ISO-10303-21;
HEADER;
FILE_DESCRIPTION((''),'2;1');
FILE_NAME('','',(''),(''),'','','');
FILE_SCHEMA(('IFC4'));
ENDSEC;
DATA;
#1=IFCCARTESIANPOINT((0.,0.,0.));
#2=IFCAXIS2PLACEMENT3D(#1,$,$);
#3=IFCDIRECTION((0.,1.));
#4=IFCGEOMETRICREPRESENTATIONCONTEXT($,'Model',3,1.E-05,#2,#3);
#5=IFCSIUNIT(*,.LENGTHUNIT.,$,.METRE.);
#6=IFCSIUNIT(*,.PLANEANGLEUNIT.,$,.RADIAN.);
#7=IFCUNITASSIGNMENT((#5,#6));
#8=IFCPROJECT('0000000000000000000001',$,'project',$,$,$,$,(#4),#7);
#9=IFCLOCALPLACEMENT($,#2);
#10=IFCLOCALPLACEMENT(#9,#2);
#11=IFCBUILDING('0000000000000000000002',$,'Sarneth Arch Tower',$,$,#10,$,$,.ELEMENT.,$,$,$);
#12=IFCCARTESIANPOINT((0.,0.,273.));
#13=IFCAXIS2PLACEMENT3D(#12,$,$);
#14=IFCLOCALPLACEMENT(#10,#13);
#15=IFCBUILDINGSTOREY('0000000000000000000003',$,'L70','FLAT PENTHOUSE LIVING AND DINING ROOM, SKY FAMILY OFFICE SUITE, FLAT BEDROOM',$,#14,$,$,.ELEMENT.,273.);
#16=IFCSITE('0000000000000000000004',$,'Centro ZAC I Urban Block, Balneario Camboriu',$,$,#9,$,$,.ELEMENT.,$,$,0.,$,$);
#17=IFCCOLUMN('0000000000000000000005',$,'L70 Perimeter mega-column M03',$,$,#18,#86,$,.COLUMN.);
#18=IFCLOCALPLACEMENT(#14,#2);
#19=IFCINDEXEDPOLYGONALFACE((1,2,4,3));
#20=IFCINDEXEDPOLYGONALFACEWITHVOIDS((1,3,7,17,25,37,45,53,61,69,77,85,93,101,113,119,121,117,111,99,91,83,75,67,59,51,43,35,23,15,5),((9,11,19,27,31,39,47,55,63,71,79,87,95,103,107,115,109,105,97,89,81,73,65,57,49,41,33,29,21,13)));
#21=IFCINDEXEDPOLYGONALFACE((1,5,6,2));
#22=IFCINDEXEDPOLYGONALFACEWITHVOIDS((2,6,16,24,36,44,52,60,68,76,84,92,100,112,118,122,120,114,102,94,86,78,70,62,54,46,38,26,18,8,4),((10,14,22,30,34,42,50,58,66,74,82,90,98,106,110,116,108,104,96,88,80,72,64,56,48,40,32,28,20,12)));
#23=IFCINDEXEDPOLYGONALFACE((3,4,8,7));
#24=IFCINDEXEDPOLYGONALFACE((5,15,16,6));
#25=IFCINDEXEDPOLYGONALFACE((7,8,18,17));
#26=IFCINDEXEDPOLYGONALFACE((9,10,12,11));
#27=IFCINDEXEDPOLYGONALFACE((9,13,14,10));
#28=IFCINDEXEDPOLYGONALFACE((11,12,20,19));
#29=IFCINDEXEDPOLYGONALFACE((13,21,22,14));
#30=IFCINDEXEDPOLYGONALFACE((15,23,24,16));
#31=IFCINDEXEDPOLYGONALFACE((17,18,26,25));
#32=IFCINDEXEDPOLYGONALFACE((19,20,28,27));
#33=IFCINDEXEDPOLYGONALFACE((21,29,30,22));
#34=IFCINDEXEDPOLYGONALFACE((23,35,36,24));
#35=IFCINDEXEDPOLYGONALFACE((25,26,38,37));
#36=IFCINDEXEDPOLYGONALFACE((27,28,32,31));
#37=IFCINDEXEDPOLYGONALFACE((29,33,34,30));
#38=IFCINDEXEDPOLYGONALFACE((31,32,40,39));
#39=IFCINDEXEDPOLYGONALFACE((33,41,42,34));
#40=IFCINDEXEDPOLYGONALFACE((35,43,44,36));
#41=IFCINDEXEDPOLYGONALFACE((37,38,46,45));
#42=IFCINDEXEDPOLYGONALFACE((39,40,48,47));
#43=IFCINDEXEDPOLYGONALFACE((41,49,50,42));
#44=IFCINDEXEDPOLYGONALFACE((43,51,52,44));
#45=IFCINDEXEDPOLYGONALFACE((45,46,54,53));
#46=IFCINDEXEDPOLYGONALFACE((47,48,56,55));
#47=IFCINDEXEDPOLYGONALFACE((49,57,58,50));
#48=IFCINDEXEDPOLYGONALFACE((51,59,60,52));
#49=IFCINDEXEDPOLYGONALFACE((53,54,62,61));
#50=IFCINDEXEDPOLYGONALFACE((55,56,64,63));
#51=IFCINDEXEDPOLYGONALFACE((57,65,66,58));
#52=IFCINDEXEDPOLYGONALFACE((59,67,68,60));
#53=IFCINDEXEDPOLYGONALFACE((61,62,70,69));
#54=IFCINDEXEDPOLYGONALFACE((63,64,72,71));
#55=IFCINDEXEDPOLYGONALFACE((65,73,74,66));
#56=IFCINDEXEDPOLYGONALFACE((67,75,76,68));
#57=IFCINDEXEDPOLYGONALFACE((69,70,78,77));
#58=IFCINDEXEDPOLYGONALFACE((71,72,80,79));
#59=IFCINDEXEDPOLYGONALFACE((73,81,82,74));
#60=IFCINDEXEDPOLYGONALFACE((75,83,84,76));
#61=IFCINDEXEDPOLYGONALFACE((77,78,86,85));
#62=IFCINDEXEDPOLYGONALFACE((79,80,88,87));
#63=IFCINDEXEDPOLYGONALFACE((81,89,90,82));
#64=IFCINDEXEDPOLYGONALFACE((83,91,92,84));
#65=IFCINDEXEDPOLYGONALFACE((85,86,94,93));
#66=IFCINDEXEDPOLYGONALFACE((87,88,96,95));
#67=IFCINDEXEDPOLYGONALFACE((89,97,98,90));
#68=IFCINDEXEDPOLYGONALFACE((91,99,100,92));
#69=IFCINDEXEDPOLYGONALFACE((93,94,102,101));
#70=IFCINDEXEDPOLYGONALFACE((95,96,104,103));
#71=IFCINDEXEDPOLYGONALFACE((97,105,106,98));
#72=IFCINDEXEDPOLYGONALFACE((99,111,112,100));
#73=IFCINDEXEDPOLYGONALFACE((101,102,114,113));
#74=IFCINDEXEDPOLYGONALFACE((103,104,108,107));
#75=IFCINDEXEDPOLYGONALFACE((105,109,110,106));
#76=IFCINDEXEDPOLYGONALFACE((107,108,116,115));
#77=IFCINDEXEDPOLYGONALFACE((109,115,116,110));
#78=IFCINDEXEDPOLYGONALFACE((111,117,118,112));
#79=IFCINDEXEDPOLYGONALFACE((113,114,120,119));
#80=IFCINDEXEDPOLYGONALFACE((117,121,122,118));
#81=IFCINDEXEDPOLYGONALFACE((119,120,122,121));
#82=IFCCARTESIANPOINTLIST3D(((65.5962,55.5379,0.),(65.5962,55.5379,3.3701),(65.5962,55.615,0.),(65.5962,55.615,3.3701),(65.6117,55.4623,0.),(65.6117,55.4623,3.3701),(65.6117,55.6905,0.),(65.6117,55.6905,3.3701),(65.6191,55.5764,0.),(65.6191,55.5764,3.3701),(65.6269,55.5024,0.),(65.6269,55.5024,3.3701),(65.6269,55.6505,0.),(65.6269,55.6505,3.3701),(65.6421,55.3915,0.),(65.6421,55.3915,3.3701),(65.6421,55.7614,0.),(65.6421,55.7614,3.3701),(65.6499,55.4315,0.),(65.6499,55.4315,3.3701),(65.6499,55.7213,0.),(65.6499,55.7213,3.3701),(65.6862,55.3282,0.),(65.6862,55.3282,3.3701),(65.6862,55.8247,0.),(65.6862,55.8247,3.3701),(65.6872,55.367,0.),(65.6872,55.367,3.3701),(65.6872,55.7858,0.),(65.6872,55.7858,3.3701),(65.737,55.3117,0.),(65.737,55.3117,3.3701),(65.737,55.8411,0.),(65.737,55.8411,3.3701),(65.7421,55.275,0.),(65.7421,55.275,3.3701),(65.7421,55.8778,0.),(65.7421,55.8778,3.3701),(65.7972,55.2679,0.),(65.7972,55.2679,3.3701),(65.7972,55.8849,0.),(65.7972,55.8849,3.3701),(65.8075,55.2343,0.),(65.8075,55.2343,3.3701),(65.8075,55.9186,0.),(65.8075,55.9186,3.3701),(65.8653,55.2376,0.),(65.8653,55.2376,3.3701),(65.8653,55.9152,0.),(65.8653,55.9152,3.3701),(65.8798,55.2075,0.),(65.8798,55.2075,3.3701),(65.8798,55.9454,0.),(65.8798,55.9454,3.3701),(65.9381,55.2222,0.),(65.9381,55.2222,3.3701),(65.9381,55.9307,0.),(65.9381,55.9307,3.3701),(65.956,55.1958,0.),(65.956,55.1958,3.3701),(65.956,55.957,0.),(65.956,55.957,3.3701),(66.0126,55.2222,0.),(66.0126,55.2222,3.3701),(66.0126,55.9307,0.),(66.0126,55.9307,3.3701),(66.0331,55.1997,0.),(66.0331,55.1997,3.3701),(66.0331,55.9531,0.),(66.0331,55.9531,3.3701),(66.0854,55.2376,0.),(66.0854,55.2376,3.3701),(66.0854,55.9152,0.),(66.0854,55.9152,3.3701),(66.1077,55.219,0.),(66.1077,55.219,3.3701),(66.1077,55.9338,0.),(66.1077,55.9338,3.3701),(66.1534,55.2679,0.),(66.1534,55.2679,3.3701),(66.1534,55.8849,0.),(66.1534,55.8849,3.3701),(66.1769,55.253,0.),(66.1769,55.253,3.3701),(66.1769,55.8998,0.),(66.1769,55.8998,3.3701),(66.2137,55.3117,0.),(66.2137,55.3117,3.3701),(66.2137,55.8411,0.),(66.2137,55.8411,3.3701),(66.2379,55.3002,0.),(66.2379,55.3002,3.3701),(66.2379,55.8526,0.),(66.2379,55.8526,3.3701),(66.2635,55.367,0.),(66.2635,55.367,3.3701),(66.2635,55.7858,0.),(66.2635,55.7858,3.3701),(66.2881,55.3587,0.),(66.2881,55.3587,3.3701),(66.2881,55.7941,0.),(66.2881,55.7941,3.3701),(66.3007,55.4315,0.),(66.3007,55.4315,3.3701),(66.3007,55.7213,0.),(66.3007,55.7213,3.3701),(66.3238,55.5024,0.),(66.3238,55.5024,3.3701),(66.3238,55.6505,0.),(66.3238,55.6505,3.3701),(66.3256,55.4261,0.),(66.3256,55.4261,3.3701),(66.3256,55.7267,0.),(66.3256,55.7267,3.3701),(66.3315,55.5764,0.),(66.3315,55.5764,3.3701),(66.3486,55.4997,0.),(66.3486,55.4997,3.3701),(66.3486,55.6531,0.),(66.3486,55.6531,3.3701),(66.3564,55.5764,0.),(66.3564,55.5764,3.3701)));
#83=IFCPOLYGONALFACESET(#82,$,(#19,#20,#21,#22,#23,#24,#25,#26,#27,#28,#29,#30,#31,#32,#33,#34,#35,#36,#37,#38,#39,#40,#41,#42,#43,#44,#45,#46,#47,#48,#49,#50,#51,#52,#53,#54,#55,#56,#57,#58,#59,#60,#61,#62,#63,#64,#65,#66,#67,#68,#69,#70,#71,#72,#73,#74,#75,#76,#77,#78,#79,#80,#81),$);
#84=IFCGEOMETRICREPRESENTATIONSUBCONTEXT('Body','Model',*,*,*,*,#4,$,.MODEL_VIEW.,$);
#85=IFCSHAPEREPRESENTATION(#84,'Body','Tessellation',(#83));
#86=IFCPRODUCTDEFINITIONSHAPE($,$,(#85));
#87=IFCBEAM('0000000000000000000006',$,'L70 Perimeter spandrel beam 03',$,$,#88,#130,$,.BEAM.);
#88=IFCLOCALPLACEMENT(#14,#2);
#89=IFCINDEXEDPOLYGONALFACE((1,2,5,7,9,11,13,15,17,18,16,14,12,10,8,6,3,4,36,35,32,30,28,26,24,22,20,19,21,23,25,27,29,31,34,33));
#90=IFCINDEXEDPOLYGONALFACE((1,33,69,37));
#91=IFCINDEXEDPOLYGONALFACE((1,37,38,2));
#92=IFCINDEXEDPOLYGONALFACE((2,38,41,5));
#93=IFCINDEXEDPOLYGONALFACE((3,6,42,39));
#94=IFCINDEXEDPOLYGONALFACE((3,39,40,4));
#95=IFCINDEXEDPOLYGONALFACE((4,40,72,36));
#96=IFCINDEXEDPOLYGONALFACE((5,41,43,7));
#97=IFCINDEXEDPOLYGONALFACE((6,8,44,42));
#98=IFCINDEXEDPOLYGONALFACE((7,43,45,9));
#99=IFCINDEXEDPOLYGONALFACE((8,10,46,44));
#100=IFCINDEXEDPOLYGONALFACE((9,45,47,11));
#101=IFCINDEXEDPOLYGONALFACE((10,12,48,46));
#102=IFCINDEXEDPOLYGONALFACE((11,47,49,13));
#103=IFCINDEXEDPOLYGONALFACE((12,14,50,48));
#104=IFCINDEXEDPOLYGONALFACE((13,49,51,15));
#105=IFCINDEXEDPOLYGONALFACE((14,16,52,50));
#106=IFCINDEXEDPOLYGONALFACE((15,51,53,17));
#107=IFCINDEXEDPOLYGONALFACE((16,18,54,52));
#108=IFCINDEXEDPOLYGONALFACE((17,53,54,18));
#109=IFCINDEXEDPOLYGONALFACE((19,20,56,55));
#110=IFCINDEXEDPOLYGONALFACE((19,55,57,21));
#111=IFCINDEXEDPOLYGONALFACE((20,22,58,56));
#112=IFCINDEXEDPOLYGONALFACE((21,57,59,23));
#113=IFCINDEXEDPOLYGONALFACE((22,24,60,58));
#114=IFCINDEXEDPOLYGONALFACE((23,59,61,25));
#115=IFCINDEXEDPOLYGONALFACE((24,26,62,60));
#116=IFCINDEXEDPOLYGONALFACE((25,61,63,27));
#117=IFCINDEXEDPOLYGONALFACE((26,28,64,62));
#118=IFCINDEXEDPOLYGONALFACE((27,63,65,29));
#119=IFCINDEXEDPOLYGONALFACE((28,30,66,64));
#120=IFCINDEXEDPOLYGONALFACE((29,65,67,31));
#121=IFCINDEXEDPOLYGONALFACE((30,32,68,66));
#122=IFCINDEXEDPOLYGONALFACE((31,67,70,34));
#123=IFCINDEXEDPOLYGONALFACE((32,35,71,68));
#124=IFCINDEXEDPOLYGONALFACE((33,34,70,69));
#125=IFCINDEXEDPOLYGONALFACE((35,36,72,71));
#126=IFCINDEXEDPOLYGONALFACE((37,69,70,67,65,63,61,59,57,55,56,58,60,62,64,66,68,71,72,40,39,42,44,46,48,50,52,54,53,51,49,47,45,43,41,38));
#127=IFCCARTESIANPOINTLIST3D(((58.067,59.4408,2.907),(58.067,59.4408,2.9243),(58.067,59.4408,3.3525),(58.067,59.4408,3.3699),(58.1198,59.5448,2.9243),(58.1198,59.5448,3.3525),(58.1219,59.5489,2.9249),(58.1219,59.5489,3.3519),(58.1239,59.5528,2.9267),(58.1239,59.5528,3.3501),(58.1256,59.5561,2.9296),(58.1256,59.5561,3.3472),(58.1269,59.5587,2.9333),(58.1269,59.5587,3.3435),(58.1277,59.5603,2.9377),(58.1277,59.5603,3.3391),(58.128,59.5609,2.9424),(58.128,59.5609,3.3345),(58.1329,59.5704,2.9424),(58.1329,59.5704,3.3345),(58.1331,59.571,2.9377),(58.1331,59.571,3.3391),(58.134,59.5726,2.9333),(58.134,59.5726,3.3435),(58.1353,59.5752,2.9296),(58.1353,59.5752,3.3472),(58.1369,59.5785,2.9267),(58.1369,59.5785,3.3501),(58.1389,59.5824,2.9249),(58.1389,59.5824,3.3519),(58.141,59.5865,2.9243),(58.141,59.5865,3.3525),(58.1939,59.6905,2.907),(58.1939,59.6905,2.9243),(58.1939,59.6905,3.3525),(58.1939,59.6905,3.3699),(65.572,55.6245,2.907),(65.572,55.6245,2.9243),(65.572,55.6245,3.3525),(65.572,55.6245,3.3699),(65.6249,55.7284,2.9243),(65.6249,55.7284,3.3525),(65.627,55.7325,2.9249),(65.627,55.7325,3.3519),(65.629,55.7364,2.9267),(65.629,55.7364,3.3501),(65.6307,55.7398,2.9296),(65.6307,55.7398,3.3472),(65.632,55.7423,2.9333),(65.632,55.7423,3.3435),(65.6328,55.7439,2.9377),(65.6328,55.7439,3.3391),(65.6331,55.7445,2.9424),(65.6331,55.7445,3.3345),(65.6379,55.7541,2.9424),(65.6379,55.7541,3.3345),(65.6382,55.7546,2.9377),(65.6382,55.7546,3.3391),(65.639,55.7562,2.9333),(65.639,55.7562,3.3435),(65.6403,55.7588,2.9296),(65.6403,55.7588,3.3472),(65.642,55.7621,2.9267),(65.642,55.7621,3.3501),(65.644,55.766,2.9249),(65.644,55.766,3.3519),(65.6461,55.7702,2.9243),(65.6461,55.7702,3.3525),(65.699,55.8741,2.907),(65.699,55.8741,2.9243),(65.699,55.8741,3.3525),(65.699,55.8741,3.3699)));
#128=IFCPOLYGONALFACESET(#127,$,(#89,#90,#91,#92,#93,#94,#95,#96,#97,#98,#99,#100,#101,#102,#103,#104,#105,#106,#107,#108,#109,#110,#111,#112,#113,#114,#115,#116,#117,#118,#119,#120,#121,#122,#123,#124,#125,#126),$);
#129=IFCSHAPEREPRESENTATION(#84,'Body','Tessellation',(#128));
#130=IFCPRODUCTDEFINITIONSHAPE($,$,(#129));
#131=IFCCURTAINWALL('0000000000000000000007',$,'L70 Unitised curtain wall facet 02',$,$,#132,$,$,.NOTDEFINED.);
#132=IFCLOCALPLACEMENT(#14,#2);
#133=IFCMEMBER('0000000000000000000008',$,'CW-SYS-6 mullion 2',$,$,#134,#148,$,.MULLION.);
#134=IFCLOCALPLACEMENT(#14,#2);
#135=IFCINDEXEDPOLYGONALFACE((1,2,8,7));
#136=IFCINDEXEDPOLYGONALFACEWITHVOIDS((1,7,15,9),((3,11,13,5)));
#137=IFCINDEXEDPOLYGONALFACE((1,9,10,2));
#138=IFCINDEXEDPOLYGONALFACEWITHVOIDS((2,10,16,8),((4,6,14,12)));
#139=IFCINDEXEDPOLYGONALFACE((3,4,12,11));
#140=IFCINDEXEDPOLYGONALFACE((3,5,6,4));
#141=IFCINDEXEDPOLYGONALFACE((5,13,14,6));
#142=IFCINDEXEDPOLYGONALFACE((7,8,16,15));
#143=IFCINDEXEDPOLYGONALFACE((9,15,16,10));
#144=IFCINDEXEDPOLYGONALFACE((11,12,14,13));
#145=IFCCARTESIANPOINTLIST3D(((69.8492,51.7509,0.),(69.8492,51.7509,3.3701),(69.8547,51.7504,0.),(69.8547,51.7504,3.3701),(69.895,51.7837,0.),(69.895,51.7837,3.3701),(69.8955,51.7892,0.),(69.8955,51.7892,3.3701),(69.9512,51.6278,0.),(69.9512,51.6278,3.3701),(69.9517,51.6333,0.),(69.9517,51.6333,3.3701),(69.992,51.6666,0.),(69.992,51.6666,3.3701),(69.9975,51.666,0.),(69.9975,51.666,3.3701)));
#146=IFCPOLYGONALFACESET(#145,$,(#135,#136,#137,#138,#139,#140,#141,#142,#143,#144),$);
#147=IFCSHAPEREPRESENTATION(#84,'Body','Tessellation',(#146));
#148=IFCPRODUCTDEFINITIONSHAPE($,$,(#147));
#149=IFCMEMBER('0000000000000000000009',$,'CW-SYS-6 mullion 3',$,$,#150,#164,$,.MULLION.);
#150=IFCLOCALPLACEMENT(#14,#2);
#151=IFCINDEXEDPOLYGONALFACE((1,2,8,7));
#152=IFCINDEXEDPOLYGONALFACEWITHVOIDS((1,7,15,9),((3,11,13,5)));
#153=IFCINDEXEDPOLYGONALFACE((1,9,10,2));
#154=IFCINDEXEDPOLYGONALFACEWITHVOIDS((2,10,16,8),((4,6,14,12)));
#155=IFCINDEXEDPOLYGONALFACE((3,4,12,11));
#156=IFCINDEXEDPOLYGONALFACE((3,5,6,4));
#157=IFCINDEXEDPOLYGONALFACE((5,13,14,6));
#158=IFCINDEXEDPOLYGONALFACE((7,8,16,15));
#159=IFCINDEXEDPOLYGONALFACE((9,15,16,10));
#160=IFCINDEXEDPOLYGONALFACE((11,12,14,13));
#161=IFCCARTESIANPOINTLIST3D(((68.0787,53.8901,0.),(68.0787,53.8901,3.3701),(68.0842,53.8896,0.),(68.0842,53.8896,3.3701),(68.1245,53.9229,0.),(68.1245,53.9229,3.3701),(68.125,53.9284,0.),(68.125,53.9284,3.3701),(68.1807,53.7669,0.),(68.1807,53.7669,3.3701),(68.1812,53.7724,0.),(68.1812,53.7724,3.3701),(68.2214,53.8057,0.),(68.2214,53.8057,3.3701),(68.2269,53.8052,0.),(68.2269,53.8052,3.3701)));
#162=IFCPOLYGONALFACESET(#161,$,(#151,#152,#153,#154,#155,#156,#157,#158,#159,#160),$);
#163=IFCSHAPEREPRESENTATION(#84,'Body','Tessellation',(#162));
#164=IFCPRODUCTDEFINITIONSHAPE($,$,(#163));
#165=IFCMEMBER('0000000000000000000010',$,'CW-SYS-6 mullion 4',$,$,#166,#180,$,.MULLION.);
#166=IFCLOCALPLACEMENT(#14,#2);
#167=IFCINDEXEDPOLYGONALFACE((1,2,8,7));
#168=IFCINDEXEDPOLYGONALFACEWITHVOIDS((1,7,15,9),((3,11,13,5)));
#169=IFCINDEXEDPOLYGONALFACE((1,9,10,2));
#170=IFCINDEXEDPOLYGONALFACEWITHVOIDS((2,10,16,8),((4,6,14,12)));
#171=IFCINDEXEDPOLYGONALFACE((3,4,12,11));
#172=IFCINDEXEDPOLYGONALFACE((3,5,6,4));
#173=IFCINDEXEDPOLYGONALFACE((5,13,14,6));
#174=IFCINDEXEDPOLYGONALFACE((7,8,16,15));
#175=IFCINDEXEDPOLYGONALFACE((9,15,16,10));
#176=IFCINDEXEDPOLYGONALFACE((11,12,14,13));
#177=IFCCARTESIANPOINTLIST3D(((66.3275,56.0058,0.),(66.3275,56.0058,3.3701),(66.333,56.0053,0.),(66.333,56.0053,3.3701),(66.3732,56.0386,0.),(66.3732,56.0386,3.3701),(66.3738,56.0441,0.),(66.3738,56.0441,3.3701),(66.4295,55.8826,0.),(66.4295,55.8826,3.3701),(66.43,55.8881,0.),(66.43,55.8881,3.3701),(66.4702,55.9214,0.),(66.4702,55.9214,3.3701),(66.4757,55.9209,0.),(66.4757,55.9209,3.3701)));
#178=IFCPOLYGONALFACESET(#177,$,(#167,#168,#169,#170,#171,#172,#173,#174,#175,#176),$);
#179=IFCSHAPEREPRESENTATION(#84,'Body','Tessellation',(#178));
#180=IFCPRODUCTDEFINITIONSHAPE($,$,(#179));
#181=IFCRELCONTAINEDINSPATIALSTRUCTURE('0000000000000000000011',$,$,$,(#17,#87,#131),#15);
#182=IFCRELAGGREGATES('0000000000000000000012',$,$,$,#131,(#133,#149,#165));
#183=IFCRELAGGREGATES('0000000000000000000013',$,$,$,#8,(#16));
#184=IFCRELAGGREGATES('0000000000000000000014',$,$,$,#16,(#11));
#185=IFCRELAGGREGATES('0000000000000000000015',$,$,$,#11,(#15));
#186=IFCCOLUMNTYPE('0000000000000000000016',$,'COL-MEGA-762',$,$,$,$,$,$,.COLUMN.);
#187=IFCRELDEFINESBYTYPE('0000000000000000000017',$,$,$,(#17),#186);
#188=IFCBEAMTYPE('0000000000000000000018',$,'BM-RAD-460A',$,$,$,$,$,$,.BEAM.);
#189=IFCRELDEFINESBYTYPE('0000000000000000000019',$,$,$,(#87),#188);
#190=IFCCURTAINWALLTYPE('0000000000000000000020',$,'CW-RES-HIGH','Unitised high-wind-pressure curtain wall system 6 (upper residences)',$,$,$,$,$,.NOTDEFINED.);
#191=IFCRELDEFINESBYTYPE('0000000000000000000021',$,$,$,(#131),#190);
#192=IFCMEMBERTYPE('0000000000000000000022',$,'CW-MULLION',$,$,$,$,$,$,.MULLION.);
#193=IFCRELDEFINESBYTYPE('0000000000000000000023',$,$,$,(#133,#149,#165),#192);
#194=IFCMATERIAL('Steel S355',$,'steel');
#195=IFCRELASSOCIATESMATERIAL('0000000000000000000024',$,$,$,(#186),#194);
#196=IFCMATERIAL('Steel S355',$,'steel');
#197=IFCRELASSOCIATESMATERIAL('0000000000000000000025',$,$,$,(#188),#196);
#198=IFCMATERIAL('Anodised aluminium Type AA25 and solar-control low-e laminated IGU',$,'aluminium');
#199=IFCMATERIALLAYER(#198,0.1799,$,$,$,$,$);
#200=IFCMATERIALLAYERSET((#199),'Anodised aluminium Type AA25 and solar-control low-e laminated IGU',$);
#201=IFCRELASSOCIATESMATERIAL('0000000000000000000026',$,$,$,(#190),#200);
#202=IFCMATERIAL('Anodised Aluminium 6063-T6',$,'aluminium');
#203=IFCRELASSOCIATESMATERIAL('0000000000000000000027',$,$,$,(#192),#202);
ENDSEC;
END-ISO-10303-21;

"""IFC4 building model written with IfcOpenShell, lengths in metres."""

from ifc_helpers import new_model, si_unit, direction, frame, origin, origin_2d, place, context, subcontext, project, spatial, hollow_rectangle, hollow_circle, i_section, extrude, material, layer, layer_set, material_profile, profile_set, type_object, element, aggregate, save


model = new_model("IFC4")

# Units and contexts
model_context = context("Model", 3, precision=1e-05, world=origin(), true_north=direction((0.0, 1.0)))
body_context = subcontext(model_context, "Body", "Model", "MODEL_VIEW")
ifc_project = project(units=[si_unit("LENGTHUNIT", "METRE"), si_unit("PLANEANGLEUNIT", "RADIAN")], contexts=[model_context])

# Site, building, storey
site_placement = place(None, origin())
site = spatial("IfcSite", under=ifc_project, at=site_placement, Name="Centro ZAC I Urban Block, Balneario Camboriu", CompositionType="ELEMENT", RefElevation=0.0)
building_placement = place(site_placement, origin())
building = spatial("IfcBuilding", under=site, at=building_placement, Name="Sarneth Arch Tower", CompositionType="ELEMENT")
storey_placement = place(building_placement, frame((0.0, 0.0, 273.0)))
storey = spatial("IfcBuildingStorey", under=building, at=storey_placement, Name="L70", Description="FLAT PENTHOUSE LIVING AND DINING ROOM, SKY FAMILY OFFICE SUITE, FLAT BEDROOM", CompositionType="ELEMENT", Elevation=273.0)

# Column
ifc_material_1 = material(Name="Steel S355", Category="steel")
ifc_material_profile_1 = material_profile(ifc_material_1, hollow_circle(Radius=0.3811, WallThickness=0.0249, at=origin_2d()), Name="CHS762x25")
ifc_profile_set_1 = profile_set([ifc_material_profile_1], Name="Steel S355")
column_type = type_object("IfcColumnType", Name="COL-MEGA-762", PredefinedType="COLUMN", material=ifc_profile_set_1)
column_placement = place(storey_placement, frame((65.9753, 55.5764, 0.0), z_axis=(0.0, 0.0, 1.0), x_axis=(1.0, 0.0, 0.0)))
element("IfcColumn", 1, at=column_placement, inside=storey, type_object=column_type, Name="L70 Perimeter mega-column M03", PredefinedType="COLUMN", context=body_context, shape_type="SweptSolid", body=[
    extrude(hollow_circle(Radius=0.3811, WallThickness=0.0249, at=origin_2d()), origin(), (0.0, 0.0, 1.0), 3.3701),
])

# Beam
ifc_material_2 = material(Name="Steel S355", Category="steel")
ifc_material_profile_2 = material_profile(ifc_material_2, i_section(OverallWidth=0.28, OverallDepth=0.4629, WebThickness=0.0107, FlangeThickness=0.0173, FilletRadius=0.0181, at=origin_2d()), Name="W460x113")
ifc_profile_set_2 = profile_set([ifc_material_profile_2], Name="Steel S355")
beam_type = type_object("IfcBeamType", Name="BM-RAD-460A", PredefinedType="BEAM", material=ifc_profile_set_2)
beam_placement = place(storey_placement, frame((65.6355, 55.7493, 3.1384), z_axis=(-0.891374, 0.453269, 0.0), x_axis=(-0.453269, -0.891374, 0.0)))
element("IfcBeam", 2, at=beam_placement, inside=storey, type_object=beam_type, Name="L70 Perimeter spandrel beam 03", PredefinedType="BEAM", context=body_context, shape_type="SweptSolid", body=[
    extrude(i_section(OverallWidth=0.28, OverallDepth=0.4629, WebThickness=0.0107, FlangeThickness=0.0173, FilletRadius=0.0181, at=origin_2d()), origin(), (0.0, 0.0, 1.0), 8.4197),
])

# Curtain wall, members
ifc_material_3 = material(Name="Anodised aluminium Type AA25 and solar-control low-e laminated IGU", Category="aluminium")
ifc_layer_1 = layer(ifc_material_3, 0.1799)
ifc_layer_set_1 = layer_set([ifc_layer_1], Name="Anodised aluminium Type AA25 and solar-control low-e laminated IGU")
curtain_wall_type = type_object("IfcCurtainWallType", Name="CW-RES-HIGH", Description="Unitised high-wind-pressure curtain wall system 6 (upper residences)", PredefinedType="NOTDEFINED", material=ifc_layer_set_1)
curtain_wall_placement = place(storey_placement, origin())
curtain_wall = element("IfcCurtainWall", 3, at=curtain_wall_placement, inside=storey, type_object=curtain_wall_type, Name="L70 Unitised curtain wall facet 02", PredefinedType="NOTDEFINED")
ifc_material_4 = material(Name="Anodised Aluminium 6063-T6", Category="aluminium")
ifc_material_profile_3 = material_profile(ifc_material_4, hollow_rectangle(XDim=0.0601, YDim=0.1599, WallThickness=0.0039, at=origin_2d()), Name="AL-MULL-160x60x4")
ifc_profile_set_3 = profile_set([ifc_material_profile_3], Name="Anodised Aluminium 6063-T6")
member_type_1 = type_object("IfcMemberType", Name="CW-MULLION", PredefinedType="MULLION", material=ifc_profile_set_3)
member_1_placement = place(storey_placement, frame((69.9233, 51.7085, 0.0), z_axis=(0.0, 0.0, 1.0), x_axis=(-0.770359, -0.63761, 0.0)))
member_1 = element("IfcMember", 4, at=member_1_placement, type_object=member_type_1, Name="CW-SYS-6 mullion 2", PredefinedType="MULLION", context=body_context, shape_type="SweptSolid", body=[
    extrude(hollow_rectangle(XDim=0.0601, YDim=0.1599, WallThickness=0.0039, at=origin_2d()), origin(), (0.0, 0.0, 1.0), 3.3701),
])
member_2_placement = place(storey_placement, frame((68.1528, 53.8477, 0.0), z_axis=(0.0, 0.0, 1.0), x_axis=(-0.770359, -0.63761, 0.0)))
member_2 = element("IfcMember", 5, at=member_2_placement, type_object=member_type_1, Name="CW-SYS-6 mullion 3", PredefinedType="MULLION", context=body_context, shape_type="SweptSolid", body=[
    extrude(hollow_rectangle(XDim=0.0601, YDim=0.1599, WallThickness=0.0039, at=origin_2d()), origin(), (0.0, 0.0, 1.0), 3.3701),
])
member_3_placement = place(storey_placement, frame((66.4016, 55.9634, 0.0), z_axis=(0.0, 0.0, 1.0), x_axis=(-0.770359, -0.63761, 0.0)))
member_3 = element("IfcMember", 6, at=member_3_placement, type_object=member_type_1, Name="CW-SYS-6 mullion 4", PredefinedType="MULLION", context=body_context, shape_type="SweptSolid", body=[
    extrude(hollow_rectangle(XDim=0.0601, YDim=0.1599, WallThickness=0.0039, at=origin_2d()), origin(), (0.0, 0.0, 1.0), 3.3701),
])

aggregate(curtain_wall, [member_1, member_2, member_3])

save(model, "model.ifc")
